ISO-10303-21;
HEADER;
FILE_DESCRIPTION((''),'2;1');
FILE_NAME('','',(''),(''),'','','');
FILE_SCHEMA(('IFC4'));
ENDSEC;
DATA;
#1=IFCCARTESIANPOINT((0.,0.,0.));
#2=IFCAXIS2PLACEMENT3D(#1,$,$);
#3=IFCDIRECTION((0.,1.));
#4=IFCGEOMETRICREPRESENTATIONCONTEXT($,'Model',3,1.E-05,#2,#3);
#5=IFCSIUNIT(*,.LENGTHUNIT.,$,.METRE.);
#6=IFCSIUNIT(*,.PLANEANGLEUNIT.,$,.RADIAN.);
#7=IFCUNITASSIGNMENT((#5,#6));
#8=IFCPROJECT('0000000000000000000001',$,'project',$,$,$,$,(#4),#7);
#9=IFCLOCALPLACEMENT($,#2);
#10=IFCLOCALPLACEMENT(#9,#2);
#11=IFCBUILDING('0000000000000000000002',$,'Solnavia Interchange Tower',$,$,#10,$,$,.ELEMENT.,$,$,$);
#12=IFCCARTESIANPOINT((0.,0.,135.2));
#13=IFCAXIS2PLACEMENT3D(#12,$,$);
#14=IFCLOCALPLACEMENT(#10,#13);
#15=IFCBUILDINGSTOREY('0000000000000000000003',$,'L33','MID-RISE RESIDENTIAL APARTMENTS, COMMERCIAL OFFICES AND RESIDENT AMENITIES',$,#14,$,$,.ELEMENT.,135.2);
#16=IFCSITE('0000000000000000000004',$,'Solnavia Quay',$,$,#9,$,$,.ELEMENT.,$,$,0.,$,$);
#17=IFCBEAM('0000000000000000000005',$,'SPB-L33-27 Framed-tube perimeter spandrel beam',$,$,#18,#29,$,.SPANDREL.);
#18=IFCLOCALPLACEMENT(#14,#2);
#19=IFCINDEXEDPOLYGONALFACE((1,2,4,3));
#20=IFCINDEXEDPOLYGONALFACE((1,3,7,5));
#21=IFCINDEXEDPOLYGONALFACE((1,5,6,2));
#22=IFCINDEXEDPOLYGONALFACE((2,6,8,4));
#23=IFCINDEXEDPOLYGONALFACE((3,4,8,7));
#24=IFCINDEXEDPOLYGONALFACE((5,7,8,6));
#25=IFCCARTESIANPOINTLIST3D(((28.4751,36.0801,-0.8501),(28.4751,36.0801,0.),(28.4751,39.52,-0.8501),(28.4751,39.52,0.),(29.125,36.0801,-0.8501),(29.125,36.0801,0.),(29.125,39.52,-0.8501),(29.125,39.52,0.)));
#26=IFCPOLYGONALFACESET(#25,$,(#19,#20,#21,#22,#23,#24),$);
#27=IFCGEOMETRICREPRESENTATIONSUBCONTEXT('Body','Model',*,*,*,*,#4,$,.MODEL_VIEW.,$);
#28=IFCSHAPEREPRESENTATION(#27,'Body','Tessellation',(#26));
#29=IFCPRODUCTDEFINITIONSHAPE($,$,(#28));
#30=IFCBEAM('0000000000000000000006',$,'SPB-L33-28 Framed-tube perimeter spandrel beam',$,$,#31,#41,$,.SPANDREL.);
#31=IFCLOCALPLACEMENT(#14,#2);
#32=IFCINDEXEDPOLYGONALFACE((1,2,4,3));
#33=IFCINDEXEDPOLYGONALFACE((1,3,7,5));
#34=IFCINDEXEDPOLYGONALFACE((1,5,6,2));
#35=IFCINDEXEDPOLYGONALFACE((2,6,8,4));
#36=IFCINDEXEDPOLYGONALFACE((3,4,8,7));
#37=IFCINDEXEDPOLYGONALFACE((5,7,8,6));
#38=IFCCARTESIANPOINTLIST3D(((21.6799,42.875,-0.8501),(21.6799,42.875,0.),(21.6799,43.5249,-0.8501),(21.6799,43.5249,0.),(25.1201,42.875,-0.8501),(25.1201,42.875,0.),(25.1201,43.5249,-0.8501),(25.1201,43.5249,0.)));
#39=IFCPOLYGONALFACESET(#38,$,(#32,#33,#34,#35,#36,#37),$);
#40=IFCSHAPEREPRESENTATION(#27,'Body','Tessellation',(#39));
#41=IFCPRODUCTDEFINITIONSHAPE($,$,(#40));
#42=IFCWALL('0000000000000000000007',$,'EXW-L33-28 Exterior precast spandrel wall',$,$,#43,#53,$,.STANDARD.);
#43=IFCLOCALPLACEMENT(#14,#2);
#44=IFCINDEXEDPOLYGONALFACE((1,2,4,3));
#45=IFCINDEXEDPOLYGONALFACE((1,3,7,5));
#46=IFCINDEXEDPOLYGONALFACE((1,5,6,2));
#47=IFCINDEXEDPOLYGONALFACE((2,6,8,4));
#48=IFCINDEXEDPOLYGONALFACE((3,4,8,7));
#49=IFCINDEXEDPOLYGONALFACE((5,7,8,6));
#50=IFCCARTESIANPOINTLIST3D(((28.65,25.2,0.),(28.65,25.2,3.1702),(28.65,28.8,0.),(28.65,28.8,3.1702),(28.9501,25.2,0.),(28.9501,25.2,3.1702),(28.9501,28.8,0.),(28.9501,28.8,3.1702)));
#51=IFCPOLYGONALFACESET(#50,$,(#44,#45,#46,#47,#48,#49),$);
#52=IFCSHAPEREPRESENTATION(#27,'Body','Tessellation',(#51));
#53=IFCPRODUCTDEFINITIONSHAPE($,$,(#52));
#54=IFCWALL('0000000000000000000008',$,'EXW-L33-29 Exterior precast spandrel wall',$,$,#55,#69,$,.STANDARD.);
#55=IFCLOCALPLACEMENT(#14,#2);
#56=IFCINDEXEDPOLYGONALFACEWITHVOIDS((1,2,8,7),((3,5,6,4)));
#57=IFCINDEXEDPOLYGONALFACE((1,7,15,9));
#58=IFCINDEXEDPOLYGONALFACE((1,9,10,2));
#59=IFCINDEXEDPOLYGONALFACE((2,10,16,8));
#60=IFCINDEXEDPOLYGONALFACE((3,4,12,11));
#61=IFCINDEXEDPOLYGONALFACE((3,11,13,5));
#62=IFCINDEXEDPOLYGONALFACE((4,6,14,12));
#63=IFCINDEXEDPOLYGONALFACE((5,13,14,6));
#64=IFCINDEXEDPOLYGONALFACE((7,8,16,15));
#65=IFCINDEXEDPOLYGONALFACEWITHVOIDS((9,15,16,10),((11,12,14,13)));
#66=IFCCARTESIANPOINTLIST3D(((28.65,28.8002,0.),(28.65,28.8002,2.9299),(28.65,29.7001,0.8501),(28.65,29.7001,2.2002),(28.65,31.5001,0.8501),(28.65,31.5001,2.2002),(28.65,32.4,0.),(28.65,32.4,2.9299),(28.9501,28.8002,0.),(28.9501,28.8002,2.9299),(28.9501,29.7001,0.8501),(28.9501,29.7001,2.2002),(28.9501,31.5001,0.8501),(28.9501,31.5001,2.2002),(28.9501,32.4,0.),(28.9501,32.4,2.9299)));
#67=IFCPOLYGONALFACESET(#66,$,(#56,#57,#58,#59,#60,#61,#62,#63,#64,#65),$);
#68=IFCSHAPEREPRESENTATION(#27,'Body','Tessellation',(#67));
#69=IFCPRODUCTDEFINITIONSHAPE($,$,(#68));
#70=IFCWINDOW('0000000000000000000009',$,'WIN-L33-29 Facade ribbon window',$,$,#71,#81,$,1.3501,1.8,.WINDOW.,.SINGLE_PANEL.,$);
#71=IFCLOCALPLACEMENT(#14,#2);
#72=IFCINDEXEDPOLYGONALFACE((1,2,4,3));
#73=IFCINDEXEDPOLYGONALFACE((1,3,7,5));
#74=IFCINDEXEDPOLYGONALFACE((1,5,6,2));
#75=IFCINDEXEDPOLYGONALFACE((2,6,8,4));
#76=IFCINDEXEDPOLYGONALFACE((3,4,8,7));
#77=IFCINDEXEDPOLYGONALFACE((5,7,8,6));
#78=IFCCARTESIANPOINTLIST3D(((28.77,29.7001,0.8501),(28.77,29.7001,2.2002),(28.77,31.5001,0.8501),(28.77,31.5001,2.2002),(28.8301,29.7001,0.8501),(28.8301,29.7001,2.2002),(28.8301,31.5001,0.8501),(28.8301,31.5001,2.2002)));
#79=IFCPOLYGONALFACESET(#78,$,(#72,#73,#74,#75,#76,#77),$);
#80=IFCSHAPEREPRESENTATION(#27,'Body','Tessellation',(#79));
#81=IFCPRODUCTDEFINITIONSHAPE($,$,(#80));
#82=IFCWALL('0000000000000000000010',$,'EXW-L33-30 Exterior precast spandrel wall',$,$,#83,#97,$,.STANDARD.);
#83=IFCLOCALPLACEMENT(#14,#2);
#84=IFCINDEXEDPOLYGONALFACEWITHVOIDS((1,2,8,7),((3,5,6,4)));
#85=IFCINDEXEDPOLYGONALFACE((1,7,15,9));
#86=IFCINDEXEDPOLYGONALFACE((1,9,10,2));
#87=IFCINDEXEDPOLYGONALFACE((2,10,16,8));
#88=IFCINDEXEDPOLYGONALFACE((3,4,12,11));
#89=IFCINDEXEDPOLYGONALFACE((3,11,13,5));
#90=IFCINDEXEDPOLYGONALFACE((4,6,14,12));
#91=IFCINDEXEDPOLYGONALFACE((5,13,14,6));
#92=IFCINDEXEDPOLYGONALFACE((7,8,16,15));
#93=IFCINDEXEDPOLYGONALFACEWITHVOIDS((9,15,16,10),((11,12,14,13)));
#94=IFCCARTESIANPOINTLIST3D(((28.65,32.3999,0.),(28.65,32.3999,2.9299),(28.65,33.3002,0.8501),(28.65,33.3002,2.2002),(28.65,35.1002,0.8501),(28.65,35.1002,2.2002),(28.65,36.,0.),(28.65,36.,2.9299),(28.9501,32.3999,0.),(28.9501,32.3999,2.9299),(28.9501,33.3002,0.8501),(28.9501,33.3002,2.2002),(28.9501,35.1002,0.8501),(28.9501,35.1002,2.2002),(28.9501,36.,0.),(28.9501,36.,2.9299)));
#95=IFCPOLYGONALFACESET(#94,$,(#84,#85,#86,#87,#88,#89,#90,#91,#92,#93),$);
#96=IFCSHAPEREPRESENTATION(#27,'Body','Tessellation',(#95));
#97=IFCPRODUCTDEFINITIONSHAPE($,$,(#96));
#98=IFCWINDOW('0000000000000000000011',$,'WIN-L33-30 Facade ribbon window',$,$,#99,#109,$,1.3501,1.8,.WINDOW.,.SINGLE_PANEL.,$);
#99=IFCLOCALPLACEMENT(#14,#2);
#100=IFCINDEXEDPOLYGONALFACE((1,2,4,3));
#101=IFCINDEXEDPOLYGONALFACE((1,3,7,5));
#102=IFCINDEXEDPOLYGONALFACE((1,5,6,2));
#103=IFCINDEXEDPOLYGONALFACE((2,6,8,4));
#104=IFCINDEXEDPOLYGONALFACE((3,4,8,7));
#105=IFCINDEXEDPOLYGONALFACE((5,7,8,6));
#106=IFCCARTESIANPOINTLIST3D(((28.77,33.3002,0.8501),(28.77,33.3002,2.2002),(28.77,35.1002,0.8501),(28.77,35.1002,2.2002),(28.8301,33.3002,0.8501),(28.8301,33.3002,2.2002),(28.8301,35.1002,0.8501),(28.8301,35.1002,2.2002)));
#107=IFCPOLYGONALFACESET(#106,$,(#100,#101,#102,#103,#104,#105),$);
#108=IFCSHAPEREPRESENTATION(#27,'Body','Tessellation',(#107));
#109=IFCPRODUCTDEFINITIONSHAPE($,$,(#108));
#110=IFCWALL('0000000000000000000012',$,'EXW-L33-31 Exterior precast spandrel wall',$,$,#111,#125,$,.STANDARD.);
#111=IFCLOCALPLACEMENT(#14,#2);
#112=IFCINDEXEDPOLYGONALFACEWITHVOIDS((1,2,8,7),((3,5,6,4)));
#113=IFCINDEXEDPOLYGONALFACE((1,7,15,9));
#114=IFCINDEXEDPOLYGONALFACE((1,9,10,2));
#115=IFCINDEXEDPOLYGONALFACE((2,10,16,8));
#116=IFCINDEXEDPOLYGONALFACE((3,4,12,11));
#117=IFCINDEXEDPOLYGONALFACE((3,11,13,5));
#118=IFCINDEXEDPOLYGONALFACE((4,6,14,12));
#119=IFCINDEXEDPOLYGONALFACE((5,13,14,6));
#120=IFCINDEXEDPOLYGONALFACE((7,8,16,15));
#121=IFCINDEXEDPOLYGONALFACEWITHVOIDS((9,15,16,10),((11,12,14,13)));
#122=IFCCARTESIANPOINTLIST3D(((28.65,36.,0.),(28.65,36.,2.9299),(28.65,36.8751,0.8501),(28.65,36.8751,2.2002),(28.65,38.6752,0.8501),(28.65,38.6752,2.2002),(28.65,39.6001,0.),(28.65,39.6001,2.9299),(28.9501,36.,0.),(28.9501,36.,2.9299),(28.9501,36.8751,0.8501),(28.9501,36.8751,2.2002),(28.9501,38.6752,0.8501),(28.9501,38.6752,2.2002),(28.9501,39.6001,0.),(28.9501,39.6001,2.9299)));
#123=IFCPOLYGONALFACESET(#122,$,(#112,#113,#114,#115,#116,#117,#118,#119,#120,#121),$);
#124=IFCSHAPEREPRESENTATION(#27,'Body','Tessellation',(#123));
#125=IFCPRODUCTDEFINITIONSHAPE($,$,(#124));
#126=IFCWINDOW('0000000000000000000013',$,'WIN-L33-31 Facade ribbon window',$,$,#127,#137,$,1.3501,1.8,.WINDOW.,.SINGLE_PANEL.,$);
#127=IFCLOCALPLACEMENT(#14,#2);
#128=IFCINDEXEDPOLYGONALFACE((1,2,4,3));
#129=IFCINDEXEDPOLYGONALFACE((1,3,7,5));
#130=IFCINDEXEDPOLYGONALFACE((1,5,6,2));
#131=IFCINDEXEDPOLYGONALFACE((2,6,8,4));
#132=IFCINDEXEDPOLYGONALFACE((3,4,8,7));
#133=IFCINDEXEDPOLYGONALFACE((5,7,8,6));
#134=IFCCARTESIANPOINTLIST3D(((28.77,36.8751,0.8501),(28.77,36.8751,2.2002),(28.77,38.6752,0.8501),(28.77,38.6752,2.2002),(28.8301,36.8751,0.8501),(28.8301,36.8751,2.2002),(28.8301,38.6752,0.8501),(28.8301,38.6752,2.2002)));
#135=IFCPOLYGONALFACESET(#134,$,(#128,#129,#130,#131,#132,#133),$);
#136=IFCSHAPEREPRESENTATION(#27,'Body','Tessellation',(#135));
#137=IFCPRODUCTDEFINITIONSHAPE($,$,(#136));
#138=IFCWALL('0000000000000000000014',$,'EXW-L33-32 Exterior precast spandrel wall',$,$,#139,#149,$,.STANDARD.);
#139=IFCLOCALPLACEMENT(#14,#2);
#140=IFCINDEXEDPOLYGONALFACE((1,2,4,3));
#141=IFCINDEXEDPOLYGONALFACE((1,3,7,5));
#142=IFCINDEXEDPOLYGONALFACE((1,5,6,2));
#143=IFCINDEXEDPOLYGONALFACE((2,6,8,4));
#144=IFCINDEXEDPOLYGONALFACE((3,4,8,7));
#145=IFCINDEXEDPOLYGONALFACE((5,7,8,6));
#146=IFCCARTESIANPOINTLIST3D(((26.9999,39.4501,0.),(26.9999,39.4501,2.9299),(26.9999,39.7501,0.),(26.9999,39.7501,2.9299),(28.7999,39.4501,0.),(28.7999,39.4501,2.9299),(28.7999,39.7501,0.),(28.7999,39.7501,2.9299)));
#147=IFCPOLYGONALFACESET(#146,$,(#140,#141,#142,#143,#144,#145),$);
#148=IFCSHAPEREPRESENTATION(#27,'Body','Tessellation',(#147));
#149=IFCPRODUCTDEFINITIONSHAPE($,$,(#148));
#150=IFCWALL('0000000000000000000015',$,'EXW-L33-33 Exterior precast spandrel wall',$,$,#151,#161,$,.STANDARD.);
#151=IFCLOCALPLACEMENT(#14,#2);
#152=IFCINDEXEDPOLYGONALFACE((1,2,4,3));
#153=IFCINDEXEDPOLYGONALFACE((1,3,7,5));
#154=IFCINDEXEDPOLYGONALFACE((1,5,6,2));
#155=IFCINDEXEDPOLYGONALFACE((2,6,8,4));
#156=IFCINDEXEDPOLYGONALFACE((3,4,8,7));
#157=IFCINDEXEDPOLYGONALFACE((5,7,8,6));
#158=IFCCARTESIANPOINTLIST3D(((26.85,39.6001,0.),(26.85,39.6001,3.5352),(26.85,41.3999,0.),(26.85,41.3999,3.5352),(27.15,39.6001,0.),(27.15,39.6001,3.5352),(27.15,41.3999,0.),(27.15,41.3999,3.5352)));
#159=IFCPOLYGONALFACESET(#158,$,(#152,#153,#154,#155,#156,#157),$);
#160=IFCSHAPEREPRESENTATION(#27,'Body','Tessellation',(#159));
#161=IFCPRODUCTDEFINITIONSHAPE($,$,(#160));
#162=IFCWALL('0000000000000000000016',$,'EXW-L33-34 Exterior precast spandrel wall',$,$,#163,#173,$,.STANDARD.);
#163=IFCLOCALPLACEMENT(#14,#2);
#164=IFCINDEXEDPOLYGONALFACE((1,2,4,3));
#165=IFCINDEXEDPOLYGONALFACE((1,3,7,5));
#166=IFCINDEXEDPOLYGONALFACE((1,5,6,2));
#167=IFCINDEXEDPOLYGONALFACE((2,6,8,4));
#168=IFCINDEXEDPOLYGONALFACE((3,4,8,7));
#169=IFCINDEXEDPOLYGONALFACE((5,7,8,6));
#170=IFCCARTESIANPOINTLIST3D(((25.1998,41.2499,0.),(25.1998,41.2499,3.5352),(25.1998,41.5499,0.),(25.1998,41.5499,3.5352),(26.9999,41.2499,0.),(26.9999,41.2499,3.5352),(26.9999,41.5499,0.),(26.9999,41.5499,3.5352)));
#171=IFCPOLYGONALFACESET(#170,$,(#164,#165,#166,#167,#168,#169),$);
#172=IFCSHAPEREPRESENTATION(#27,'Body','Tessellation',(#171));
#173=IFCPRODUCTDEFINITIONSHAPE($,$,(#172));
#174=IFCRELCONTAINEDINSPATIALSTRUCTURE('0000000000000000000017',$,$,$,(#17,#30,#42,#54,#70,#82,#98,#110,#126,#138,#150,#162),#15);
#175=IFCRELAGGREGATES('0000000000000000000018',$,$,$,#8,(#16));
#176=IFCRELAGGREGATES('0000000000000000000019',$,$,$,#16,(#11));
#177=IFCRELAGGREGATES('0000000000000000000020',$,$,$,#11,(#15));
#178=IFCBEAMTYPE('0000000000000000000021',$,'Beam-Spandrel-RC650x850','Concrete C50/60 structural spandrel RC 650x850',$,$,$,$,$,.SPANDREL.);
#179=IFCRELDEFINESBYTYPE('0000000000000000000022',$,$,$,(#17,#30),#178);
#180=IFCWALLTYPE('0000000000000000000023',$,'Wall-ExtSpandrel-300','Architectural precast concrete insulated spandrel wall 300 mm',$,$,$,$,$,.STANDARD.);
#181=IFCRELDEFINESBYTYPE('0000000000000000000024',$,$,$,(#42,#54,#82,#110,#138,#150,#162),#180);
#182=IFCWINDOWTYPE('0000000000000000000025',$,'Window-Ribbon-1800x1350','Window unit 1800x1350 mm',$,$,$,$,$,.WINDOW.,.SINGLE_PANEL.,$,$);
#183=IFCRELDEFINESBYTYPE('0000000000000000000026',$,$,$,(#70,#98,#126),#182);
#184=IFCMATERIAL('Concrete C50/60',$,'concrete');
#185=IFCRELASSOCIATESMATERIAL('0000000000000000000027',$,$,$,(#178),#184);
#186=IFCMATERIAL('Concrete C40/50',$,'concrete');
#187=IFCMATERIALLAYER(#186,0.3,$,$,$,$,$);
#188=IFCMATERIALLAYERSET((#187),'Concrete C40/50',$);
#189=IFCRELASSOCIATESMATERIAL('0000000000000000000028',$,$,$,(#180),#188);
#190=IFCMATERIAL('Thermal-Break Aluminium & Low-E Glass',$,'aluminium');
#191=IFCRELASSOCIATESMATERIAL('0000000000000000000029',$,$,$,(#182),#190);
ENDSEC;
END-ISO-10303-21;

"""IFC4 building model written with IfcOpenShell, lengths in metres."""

from ifc_helpers import new_model, si_unit, direction, frame, frame_2d, origin, origin_2d, place, context, subcontext, project, spatial, rectangle, extrude, material, layer, layer_set, material_profile, profile_set, type_object, element, fill, save


model = new_model("IFC4")

# Units and contexts
model_context = context("Model", 3, precision=1e-05, world=origin(), true_north=direction((0.0, 1.0)))
body_context = subcontext(model_context, "Body", "Model", "MODEL_VIEW")
ifc_project = project(units=[si_unit("LENGTHUNIT", "METRE"), si_unit("PLANEANGLEUNIT", "RADIAN")], contexts=[model_context])

# Site, building, storey
site_placement = place(None, origin())
site = spatial("IfcSite", under=ifc_project, at=site_placement, Name="Solnavia Quay", CompositionType="ELEMENT", RefElevation=0.0)
building_placement = place(site_placement, origin())
building = spatial("IfcBuilding", under=site, at=building_placement, Name="Solnavia Interchange Tower", CompositionType="ELEMENT")
storey_placement = place(building_placement, frame((0.0, 0.0, 135.2)))
storey = spatial("IfcBuildingStorey", under=building, at=storey_placement, Name="L33", Description="MID-RISE RESIDENTIAL APARTMENTS, COMMERCIAL OFFICES AND RESIDENT AMENITIES", CompositionType="ELEMENT", Elevation=135.2)

# Shared definitions
ifc_material_1 = material(Name="Concrete C50/60", Category="concrete")

# Beams
ifc_material_profile_1 = material_profile(ifc_material_1, rectangle(XDim=0.6499, YDim=0.8501, at=origin_2d()), Name="RC 650x850")
ifc_profile_set_1 = profile_set([ifc_material_profile_1], Name="Concrete C50/60")
beam_type_1 = type_object("IfcBeamType", Name="Beam-Spandrel-RC650x850", Description="Concrete C50/60 structural spandrel RC 650x850", PredefinedType="SPANDREL", material=ifc_profile_set_1)
for number, where, z_axis, x_axis, name in (
    (1, (28.8, 36.0801, -0.425), (0.0, 1.0, 0.0), (-1.0, 0.0, 0.0), "SPB-L33-27 Framed-tube perimeter spandrel beam"),
):
    element("IfcBeam", number, at=place(storey_placement, frame(where, z_axis=z_axis, x_axis=x_axis)), inside=storey, type_object=beam_type_1, Name=name, PredefinedType="SPANDREL", context=body_context, shape_type="SweptSolid", body=[
        extrude(rectangle(XDim=0.6499, YDim=0.8501, at=origin_2d()), origin(), (0.0, 0.0, 1.0), 3.4399),
    ])
beam_1_placement = place(storey_placement, frame((25.1201, 43.2, -0.425), z_axis=(-1.0, 0.0, 0.0), x_axis=(0.0, -1.0, 0.0)))
element("IfcBeam", 2, at=beam_1_placement, inside=storey, type_object=beam_type_1, Name="SPB-L33-28 Framed-tube perimeter spandrel beam", PredefinedType="SPANDREL", context=body_context, shape_type="SweptSolid", body=[
    extrude(rectangle(XDim=0.6499, YDim=0.8501, at=origin_2d()), origin(), (0.0, 0.0, 1.0), 3.4402),
])

# Wall
ifc_material_2 = material(Name="Concrete C40/50", Category="concrete")
ifc_layer_1 = layer(ifc_material_2, 0.3)
ifc_layer_set_1 = layer_set([ifc_layer_1], Name="Concrete C40/50")
wall_type_1 = type_object("IfcWallType", Name="Wall-ExtSpandrel-300", Description="Architectural precast concrete insulated spandrel wall 300 mm", PredefinedType="STANDARD", material=ifc_layer_set_1)
wall_1_placement = place(storey_placement, frame((28.8, 28.8, 0.0), z_axis=(0.0, 0.0, 1.0), x_axis=(0.0, -1.0, 0.0)))
element("IfcWall", 3, at=wall_1_placement, inside=storey, type_object=wall_type_1, Name="EXW-L33-28 Exterior precast spandrel wall", PredefinedType="STANDARD", context=body_context, shape_type="SweptSolid", body=[
    extrude(rectangle(XDim=3.6001, YDim=0.3, at=frame_2d((1.8, 0.0))), origin(), (0.0, 0.0, 1.0), 3.1702),
])

# Walls, openings, windows
wall_2_placement = place(storey_placement, frame((28.8, 32.3999, 0.0), z_axis=(0.0, 0.0, 1.0), x_axis=(0.0, -1.0, 0.0)))
wall_2 = element("IfcWall", 4, at=wall_2_placement, inside=storey, type_object=wall_type_1, Name="EXW-L33-29 Exterior precast spandrel wall", PredefinedType="STANDARD", context=body_context, shape_type="SweptSolid", body=[
    extrude(rectangle(XDim=3.5999, YDim=0.3, at=frame_2d((1.7998, 0.0))), origin(), (0.0, 0.0, 1.0), 2.9299),
])
opening_1_placement = place(wall_2_placement, frame((0.8999, 0.0, 0.8501)))
opening_1 = element("IfcOpeningElement", 5, at=opening_1_placement, cuts=wall_2, PredefinedType="OPENING", context=body_context, shape_type="SweptSolid", body=[
    extrude(rectangle(XDim=1.8, YDim=1.3501, at=frame_2d((0.8999, 0.675))), frame((0.0, 0.1602, 0.0), z_axis=(0.0, -1.0, 0.0), x_axis=(1.0, 0.0, 0.0)), (0.0, 0.0, 1.0), 0.3201),
])
ifc_material_3 = material(Name="Thermal-Break Aluminium & Low-E Glass", Category="aluminium")
window_type = type_object("IfcWindowType", Name="Window-Ribbon-1800x1350", Description="Window unit 1800x1350 mm", PartitioningType="SINGLE_PANEL", PredefinedType="WINDOW", material=ifc_material_3)
window_1_placement = place(opening_1_placement, origin())
window_1 = element("IfcWindow", 6, at=window_1_placement, inside=storey, type_object=window_type, Name="WIN-L33-29 Facade ribbon window", OverallHeight=1.3501, OverallWidth=1.8, PartitioningType="SINGLE_PANEL", PredefinedType="WINDOW", context=body_context, shape_type="SweptSolid", body=[
    extrude(rectangle(XDim=1.8, YDim=1.3501, at=frame_2d((0.8999, 0.675))), frame((0.0, 0.03, 0.0), z_axis=(0.0, -1.0, 0.0), x_axis=(1.0, 0.0, 0.0)), (0.0, 0.0, 1.0), 0.0601),
])
fill(opening_1, window_1)
wall_3_placement = place(storey_placement, frame((28.8, 36.0, 0.0), z_axis=(0.0, 0.0, 1.0), x_axis=(0.0, -1.0, 0.0)))
wall_3 = element("IfcWall", 7, at=wall_3_placement, inside=storey, type_object=wall_type_1, Name="EXW-L33-30 Exterior precast spandrel wall", PredefinedType="STANDARD", context=body_context, shape_type="SweptSolid", body=[
    extrude(rectangle(XDim=3.6001, YDim=0.3, at=frame_2d((1.8, 0.0))), origin(), (0.0, 0.0, 1.0), 2.9299),
])
opening_2_placement = place(wall_3_placement, frame((0.8999, 0.0, 0.8501)))
opening_2 = element("IfcOpeningElement", 8, at=opening_2_placement, cuts=wall_3, PredefinedType="OPENING", context=body_context, shape_type="SweptSolid", body=[
    extrude(rectangle(XDim=1.8, YDim=1.3501, at=frame_2d((0.8999, 0.675))), frame((0.0, 0.1602, 0.0), z_axis=(0.0, -1.0, 0.0), x_axis=(1.0, 0.0, 0.0)), (0.0, 0.0, 1.0), 0.3201),
])
window_2_placement = place(opening_2_placement, origin())
window_2 = element("IfcWindow", 9, at=window_2_placement, inside=storey, type_object=window_type, Name="WIN-L33-30 Facade ribbon window", OverallHeight=1.3501, OverallWidth=1.8, PartitioningType="SINGLE_PANEL", PredefinedType="WINDOW", context=body_context, shape_type="SweptSolid", body=[
    extrude(rectangle(XDim=1.8, YDim=1.3501, at=frame_2d((0.8999, 0.675))), frame((0.0, 0.03, 0.0), z_axis=(0.0, -1.0, 0.0), x_axis=(1.0, 0.0, 0.0)), (0.0, 0.0, 1.0), 0.0601),
])
fill(opening_2, window_2)
wall_4_placement = place(storey_placement, frame((28.8, 39.6001, 0.0), z_axis=(0.0, 0.0, 1.0), x_axis=(0.0, -1.0, 0.0)))
wall_4 = element("IfcWall", 10, at=wall_4_placement, inside=storey, type_object=wall_type_1, Name="EXW-L33-31 Exterior precast spandrel wall", PredefinedType="STANDARD", context=body_context, shape_type="SweptSolid", body=[
    extrude(rectangle(XDim=3.6001, YDim=0.3, at=frame_2d((1.8, 0.0))), origin(), (0.0, 0.0, 1.0), 2.9299),
])
opening_3_placement = place(wall_4_placement, frame((0.925, 0.0, 0.8501)))
opening_3 = element("IfcOpeningElement", 11, at=opening_3_placement, cuts=wall_4, PredefinedType="OPENING", context=body_context, shape_type="SweptSolid", body=[
    extrude(rectangle(XDim=1.8, YDim=1.3501, at=frame_2d((0.8999, 0.675))), frame((0.0, 0.1602, 0.0), z_axis=(0.0, -1.0, 0.0), x_axis=(1.0, 0.0, 0.0)), (0.0, 0.0, 1.0), 0.3201),
])
window_3_placement = place(opening_3_placement, origin())
window_3 = element("IfcWindow", 12, at=window_3_placement, inside=storey, type_object=window_type, Name="WIN-L33-31 Facade ribbon window", OverallHeight=1.3501, OverallWidth=1.8, PartitioningType="SINGLE_PANEL", PredefinedType="WINDOW", context=body_context, shape_type="SweptSolid", body=[
    extrude(rectangle(XDim=1.8, YDim=1.3501, at=frame_2d((0.8999, 0.675))), frame((0.0, 0.03, 0.0), z_axis=(0.0, -1.0, 0.0), x_axis=(1.0, 0.0, 0.0)), (0.0, 0.0, 1.0), 0.0601),
])
fill(opening_3, window_3)

# Walls
wall_5_placement = place(storey_placement, frame((27.0, 39.6001, 0.0), z_axis=(0.0, 0.0, 1.0), x_axis=(1.0, 0.0, 0.0)))
element("IfcWall", 13, at=wall_5_placement, inside=storey, type_object=wall_type_1, Name="EXW-L33-32 Exterior precast spandrel wall", PredefinedType="STANDARD", context=body_context, shape_type="SweptSolid", body=[
    extrude(rectangle(XDim=1.8, YDim=0.3, at=frame_2d((0.8999, 0.0))), origin(), (0.0, 0.0, 1.0), 2.9299),
])
wall_6_placement = place(storey_placement, frame((27.0, 39.6001, 0.0), z_axis=(0.0, 0.0, 1.0), x_axis=(0.0, 1.0, 0.0)))
element("IfcWall", 14, at=wall_6_placement, inside=storey, type_object=wall_type_1, Name="EXW-L33-33 Exterior precast spandrel wall", PredefinedType="STANDARD", context=body_context, shape_type="SweptSolid", body=[
    extrude(rectangle(XDim=1.7998, YDim=0.3, at=frame_2d((0.8999, 0.0))), origin(), (0.0, 0.0, 1.0), 3.5352),
])
wall_7_placement = place(storey_placement, frame((25.2, 41.3999, 0.0), z_axis=(0.0, 0.0, 1.0), x_axis=(1.0, 0.0, 0.0)))
element("IfcWall", 15, at=wall_7_placement, inside=storey, type_object=wall_type_1, Name="EXW-L33-34 Exterior precast spandrel wall", PredefinedType="STANDARD", context=body_context, shape_type="SweptSolid", body=[
    extrude(rectangle(XDim=1.8, YDim=0.3, at=frame_2d((0.8999, 0.0))), origin(), (0.0, 0.0, 1.0), 3.5352),
])

save(model, "model.ifc")
